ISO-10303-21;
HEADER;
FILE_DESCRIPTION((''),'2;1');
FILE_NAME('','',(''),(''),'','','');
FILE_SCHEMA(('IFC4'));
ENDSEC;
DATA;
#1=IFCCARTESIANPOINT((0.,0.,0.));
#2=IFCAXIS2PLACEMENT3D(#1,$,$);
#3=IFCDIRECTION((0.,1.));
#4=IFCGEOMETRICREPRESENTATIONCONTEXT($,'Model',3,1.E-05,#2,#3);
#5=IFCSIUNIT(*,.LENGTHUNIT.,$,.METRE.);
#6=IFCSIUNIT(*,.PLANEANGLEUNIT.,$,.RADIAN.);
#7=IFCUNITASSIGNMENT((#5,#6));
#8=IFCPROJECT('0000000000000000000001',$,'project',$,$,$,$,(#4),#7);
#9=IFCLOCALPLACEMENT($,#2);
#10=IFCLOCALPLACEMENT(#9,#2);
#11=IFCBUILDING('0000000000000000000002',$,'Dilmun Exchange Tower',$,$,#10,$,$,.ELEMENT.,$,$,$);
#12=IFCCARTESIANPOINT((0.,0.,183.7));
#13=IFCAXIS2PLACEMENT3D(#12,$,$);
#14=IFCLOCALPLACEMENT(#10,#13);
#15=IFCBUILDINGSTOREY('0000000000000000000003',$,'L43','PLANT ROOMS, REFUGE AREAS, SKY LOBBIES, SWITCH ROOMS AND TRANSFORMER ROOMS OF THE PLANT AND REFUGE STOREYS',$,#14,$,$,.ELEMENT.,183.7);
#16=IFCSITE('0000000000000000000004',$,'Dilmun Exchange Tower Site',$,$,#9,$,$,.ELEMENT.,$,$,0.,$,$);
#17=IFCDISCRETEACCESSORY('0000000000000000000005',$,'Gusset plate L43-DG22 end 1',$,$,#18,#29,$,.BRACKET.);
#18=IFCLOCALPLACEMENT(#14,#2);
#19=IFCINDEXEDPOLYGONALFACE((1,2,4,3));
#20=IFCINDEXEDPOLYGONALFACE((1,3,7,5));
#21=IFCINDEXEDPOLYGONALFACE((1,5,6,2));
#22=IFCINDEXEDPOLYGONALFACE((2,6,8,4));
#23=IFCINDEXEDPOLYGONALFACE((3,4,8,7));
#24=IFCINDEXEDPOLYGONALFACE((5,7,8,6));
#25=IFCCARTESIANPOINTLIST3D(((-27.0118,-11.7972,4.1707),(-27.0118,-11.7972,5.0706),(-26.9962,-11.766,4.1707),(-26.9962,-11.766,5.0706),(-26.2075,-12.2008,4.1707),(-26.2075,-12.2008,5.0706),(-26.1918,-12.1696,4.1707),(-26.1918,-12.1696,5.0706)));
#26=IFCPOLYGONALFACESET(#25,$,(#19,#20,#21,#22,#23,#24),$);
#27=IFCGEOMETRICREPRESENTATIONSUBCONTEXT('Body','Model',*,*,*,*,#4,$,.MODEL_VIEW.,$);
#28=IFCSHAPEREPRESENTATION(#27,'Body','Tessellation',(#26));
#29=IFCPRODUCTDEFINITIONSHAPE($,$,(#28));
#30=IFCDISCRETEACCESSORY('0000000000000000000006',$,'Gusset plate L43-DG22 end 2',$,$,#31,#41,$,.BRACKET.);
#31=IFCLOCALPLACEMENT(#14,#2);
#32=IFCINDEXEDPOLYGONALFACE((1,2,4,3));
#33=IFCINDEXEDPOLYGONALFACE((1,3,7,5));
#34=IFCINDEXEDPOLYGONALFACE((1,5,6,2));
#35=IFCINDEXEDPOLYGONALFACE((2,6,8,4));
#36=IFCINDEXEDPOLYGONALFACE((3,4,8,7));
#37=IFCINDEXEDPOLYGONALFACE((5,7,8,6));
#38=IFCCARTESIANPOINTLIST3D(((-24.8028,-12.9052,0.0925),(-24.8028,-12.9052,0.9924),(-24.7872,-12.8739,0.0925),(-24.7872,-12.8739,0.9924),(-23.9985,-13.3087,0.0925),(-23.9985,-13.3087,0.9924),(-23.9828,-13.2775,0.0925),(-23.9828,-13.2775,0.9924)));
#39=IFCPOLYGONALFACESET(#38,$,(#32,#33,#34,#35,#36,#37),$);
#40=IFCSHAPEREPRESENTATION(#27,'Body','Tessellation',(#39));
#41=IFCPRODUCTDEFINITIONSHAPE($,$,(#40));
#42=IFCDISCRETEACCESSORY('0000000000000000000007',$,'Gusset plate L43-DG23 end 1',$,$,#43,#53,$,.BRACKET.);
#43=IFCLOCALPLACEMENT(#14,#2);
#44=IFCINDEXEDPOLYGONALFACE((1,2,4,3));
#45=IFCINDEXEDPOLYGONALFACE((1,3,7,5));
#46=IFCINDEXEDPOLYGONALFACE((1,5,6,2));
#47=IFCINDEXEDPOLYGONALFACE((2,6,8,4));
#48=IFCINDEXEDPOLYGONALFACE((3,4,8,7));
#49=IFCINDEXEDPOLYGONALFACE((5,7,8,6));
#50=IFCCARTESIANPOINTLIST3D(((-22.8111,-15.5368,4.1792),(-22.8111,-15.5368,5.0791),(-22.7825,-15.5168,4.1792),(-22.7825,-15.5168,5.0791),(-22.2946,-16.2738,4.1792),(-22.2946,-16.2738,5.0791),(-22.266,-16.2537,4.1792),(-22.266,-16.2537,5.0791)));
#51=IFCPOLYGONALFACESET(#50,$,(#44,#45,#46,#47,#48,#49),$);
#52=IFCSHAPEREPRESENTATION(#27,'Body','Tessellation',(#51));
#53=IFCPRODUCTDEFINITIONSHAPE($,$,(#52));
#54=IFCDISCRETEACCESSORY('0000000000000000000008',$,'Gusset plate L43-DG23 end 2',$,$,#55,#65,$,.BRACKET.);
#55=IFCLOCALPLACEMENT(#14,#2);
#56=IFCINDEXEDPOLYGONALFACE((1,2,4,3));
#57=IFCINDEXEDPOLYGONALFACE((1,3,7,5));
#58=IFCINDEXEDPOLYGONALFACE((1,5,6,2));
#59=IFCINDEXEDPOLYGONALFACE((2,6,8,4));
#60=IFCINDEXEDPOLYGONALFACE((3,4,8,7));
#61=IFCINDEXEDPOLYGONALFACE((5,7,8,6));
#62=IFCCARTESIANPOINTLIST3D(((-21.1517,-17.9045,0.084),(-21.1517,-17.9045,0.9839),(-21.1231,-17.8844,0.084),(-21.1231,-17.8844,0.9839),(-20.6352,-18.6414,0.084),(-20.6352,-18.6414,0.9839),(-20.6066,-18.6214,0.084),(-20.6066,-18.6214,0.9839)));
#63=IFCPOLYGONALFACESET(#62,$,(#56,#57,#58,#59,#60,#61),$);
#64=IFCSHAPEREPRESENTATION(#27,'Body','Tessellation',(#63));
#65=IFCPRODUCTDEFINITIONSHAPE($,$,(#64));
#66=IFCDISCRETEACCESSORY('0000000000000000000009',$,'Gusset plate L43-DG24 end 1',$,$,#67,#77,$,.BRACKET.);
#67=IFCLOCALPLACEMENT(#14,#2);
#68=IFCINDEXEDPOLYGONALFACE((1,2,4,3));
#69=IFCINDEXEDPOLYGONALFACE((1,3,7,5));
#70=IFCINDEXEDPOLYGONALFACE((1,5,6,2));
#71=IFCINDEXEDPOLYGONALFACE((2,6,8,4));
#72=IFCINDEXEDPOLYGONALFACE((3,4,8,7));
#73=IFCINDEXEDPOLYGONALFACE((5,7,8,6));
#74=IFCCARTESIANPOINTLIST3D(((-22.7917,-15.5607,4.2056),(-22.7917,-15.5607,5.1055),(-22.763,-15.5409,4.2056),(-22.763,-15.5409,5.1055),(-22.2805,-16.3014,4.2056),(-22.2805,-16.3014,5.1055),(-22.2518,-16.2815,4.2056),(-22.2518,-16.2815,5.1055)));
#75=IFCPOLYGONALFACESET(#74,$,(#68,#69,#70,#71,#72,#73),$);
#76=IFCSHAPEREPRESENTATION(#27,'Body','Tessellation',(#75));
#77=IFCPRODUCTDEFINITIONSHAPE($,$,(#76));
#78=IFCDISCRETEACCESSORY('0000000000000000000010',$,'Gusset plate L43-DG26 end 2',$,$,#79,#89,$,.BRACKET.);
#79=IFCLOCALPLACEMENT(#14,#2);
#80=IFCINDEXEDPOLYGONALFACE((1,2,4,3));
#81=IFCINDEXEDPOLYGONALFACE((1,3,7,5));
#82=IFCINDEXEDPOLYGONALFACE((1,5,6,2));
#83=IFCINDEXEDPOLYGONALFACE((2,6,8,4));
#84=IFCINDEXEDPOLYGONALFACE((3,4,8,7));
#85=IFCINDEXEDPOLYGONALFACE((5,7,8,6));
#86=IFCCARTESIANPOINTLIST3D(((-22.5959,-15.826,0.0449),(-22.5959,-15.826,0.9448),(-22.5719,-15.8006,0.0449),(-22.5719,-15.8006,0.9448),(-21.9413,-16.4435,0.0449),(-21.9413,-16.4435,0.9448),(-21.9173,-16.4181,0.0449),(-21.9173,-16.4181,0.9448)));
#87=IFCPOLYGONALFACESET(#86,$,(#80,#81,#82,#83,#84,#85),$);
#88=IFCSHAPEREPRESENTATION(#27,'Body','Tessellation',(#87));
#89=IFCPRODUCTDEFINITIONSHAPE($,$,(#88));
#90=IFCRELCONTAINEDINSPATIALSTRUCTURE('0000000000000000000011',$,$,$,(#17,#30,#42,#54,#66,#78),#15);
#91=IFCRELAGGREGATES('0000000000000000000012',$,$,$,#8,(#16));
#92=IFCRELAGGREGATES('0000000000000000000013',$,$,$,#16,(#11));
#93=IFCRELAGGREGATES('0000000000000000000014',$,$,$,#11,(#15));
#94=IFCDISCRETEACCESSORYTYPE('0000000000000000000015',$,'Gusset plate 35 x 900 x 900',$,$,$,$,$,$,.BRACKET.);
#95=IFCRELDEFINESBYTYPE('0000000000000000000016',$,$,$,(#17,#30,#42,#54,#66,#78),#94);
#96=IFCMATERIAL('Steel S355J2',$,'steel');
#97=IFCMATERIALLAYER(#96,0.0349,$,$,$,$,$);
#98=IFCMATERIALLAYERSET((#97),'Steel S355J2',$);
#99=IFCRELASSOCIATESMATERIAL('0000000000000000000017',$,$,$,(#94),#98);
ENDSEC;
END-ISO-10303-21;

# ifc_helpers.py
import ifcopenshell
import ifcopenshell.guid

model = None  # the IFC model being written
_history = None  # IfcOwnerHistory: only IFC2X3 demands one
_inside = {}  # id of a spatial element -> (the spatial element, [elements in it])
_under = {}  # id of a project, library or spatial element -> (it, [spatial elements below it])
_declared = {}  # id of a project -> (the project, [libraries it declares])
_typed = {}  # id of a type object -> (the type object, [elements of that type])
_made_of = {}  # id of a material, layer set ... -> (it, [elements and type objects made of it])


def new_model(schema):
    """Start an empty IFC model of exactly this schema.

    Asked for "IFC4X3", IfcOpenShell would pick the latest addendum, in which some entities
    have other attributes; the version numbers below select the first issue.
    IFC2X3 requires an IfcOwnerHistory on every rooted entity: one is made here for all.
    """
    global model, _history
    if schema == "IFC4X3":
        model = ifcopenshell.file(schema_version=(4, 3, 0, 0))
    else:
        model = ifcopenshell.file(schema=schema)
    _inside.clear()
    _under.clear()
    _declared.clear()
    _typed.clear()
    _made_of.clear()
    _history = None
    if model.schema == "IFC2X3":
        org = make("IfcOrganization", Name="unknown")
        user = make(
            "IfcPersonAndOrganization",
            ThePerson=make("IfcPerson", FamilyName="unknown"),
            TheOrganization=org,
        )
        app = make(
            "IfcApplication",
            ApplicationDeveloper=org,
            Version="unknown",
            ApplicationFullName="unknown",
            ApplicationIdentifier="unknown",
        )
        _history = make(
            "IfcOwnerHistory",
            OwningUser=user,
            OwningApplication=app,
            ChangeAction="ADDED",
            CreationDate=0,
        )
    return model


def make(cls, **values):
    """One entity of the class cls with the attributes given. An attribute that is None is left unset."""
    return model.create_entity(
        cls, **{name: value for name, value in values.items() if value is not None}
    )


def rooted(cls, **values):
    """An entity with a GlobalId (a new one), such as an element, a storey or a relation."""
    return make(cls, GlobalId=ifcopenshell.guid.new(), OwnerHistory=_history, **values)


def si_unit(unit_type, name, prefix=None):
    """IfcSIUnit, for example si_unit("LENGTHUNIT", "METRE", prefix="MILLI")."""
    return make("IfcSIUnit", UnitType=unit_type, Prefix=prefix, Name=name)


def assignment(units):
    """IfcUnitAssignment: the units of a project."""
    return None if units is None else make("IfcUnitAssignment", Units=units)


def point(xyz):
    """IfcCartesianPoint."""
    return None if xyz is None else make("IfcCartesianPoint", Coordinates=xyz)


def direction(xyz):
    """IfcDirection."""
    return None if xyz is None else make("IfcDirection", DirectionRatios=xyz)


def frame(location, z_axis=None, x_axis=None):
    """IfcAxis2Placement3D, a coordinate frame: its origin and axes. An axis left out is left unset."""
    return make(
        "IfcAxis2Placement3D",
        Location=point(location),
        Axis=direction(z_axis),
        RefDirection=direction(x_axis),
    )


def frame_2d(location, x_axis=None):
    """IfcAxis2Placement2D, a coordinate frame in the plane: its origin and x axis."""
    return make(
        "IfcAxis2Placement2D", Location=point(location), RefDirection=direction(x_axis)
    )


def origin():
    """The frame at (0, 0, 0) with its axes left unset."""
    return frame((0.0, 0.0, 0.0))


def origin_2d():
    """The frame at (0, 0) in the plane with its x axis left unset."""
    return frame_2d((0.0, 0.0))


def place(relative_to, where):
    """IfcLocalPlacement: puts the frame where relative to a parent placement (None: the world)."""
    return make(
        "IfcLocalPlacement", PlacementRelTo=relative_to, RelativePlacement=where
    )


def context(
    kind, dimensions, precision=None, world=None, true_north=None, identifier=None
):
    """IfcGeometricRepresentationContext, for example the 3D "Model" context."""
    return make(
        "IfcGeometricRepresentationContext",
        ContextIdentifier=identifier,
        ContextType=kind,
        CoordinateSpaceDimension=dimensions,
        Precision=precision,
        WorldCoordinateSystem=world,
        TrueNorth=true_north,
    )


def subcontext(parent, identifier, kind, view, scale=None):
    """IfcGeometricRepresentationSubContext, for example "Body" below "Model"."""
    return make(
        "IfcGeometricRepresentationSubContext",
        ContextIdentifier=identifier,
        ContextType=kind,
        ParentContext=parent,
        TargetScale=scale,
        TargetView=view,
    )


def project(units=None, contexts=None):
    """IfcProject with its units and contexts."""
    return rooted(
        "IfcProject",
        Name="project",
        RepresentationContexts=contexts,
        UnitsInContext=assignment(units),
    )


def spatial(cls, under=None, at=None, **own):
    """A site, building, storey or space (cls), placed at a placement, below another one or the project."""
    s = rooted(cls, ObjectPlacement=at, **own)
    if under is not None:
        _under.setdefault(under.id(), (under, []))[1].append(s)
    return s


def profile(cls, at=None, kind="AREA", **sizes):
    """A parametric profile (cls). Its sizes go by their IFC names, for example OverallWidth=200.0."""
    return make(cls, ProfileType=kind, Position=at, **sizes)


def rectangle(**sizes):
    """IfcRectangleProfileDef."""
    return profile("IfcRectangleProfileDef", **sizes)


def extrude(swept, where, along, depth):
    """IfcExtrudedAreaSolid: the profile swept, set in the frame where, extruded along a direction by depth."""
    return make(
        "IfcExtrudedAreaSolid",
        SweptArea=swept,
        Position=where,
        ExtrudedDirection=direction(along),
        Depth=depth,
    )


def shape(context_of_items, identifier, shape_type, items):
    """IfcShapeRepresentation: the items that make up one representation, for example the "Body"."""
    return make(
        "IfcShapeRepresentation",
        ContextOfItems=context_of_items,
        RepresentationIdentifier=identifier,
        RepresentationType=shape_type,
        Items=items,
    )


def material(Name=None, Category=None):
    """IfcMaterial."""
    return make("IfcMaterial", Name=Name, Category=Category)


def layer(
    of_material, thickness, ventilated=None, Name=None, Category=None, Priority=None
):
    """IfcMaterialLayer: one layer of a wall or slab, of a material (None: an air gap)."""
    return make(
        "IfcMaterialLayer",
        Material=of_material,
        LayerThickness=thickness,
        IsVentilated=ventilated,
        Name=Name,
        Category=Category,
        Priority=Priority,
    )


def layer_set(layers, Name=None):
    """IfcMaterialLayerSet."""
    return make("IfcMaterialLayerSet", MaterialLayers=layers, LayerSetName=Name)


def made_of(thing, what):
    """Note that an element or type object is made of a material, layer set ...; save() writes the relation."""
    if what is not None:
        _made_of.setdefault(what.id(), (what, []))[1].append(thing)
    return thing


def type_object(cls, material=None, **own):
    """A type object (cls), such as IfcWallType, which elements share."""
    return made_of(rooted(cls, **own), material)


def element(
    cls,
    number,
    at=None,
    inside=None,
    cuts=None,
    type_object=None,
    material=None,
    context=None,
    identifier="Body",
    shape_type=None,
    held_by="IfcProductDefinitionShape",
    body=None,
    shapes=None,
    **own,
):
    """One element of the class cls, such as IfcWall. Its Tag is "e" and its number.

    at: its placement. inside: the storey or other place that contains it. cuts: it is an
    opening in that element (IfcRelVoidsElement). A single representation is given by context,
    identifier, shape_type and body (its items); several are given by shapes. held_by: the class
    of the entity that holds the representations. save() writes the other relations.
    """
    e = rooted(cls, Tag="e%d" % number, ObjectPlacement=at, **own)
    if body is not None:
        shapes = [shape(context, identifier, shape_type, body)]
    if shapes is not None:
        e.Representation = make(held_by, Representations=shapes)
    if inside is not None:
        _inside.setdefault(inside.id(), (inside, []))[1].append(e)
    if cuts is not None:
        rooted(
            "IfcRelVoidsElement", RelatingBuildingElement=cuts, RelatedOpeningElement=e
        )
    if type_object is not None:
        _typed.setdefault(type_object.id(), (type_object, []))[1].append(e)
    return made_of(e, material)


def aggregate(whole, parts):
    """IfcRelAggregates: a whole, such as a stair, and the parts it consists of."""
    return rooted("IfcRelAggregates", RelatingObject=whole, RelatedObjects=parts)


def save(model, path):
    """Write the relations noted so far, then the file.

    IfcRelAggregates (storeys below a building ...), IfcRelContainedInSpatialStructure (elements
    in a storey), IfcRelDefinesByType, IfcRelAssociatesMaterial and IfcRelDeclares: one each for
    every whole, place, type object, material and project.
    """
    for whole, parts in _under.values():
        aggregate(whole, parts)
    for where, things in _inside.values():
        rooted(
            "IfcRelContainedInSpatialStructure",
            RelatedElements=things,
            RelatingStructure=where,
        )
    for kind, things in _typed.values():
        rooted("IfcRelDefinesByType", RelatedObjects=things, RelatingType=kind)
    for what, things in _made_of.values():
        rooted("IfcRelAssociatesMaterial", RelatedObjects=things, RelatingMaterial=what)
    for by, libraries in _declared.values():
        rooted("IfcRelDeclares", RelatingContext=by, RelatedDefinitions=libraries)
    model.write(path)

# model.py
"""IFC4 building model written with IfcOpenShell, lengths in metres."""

from ifc_helpers import new_model, si_unit, direction, frame, origin, origin_2d, place, context, subcontext, project, spatial, rectangle, extrude, material, layer, layer_set, type_object, element, save


model = new_model("IFC4")

# Units and contexts
model_context = context("Model", 3, precision=1e-05, world=origin(), true_north=direction((0.0, 1.0)))
body_context = subcontext(model_context, "Body", "Model", "MODEL_VIEW")
ifc_project = project(units=[si_unit("LENGTHUNIT", "METRE"), si_unit("PLANEANGLEUNIT", "RADIAN")], contexts=[model_context])

# Site, building, storey
site_placement = place(None, origin())
site = spatial("IfcSite", under=ifc_project, at=site_placement, Name="Dilmun Exchange Tower Site", CompositionType="ELEMENT", RefElevation=0.0)
building_placement = place(site_placement, origin())
building = spatial("IfcBuilding", under=site, at=building_placement, Name="Dilmun Exchange Tower", CompositionType="ELEMENT")
storey_placement = place(building_placement, frame((0.0, 0.0, 183.7)))
storey = spatial("IfcBuildingStorey", under=building, at=storey_placement, Name="L43", Description="PLANT ROOMS, REFUGE AREAS, SKY LOBBIES, SWITCH ROOMS AND TRANSFORMER ROOMS OF THE PLANT AND REFUGE STOREYS", CompositionType="ELEMENT", Elevation=183.7)

# Discrete accessories
ifc_material_1 = material(Name="Steel S355J2", Category="steel")
ifc_layer_1 = layer(ifc_material_1, 0.0349)
ifc_layer_set_1 = layer_set([ifc_layer_1], Name="Steel S355J2")
discrete_accessory_type = type_object("IfcDiscreteAccessoryType", Name="Gusset plate 35 x 900 x 900", PredefinedType="BRACKET", material=ifc_layer_set_1)
for number, where, z_axis, x_axis, name in (
    (1, (-26.6018, -11.9834, 4.1707), (0.0, 0.0, 1.0), (0.893835, -0.448396, 0.0), "Gusset plate L43-DG22 end 1"),
    (2, (-24.3928, -13.0913, 0.0925), (0.0, 0.0, 1.0), (0.893835, -0.448396, 0.0), "Gusset plate L43-DG22 end 2"),
    (3, (-22.5386, -15.8953, 4.1792), (0.0, 0.0, 1.0), (0.573908, -0.81892, 0.0), "Gusset plate L43-DG23 end 1"),
    (4, (-20.8792, -18.2629, 0.084), (0.0, 0.0, 1.0), (0.573908, -0.81892, 0.0), "Gusset plate L43-DG23 end 2"),
    (5, (-22.5217, -15.9211, 4.2056), (0.0, 0.0, 1.0), (0.568042, -0.823, 0.0), "Gusset plate L43-DG24 end 1"),
    (6, (-22.2566, -16.1221, 0.0449), (0.0, 0.0, 1.0), (-0.727394, 0.68622, 0.0), "Gusset plate L43-DG26 end 2"),
):
    element("IfcDiscreteAccessory", number, at=place(storey_placement, frame(where, z_axis=z_axis, x_axis=x_axis)), inside=storey, type_object=discrete_accessory_type, Name=name, PredefinedType="BRACKET", context=body_context, shape_type="SweptSolid", body=[
        extrude(rectangle(XDim=0.8999, YDim=0.0349, at=origin_2d()), origin(), (0.0, 0.0, 1.0), 0.8999),
    ])

save(model, "model.ifc")
